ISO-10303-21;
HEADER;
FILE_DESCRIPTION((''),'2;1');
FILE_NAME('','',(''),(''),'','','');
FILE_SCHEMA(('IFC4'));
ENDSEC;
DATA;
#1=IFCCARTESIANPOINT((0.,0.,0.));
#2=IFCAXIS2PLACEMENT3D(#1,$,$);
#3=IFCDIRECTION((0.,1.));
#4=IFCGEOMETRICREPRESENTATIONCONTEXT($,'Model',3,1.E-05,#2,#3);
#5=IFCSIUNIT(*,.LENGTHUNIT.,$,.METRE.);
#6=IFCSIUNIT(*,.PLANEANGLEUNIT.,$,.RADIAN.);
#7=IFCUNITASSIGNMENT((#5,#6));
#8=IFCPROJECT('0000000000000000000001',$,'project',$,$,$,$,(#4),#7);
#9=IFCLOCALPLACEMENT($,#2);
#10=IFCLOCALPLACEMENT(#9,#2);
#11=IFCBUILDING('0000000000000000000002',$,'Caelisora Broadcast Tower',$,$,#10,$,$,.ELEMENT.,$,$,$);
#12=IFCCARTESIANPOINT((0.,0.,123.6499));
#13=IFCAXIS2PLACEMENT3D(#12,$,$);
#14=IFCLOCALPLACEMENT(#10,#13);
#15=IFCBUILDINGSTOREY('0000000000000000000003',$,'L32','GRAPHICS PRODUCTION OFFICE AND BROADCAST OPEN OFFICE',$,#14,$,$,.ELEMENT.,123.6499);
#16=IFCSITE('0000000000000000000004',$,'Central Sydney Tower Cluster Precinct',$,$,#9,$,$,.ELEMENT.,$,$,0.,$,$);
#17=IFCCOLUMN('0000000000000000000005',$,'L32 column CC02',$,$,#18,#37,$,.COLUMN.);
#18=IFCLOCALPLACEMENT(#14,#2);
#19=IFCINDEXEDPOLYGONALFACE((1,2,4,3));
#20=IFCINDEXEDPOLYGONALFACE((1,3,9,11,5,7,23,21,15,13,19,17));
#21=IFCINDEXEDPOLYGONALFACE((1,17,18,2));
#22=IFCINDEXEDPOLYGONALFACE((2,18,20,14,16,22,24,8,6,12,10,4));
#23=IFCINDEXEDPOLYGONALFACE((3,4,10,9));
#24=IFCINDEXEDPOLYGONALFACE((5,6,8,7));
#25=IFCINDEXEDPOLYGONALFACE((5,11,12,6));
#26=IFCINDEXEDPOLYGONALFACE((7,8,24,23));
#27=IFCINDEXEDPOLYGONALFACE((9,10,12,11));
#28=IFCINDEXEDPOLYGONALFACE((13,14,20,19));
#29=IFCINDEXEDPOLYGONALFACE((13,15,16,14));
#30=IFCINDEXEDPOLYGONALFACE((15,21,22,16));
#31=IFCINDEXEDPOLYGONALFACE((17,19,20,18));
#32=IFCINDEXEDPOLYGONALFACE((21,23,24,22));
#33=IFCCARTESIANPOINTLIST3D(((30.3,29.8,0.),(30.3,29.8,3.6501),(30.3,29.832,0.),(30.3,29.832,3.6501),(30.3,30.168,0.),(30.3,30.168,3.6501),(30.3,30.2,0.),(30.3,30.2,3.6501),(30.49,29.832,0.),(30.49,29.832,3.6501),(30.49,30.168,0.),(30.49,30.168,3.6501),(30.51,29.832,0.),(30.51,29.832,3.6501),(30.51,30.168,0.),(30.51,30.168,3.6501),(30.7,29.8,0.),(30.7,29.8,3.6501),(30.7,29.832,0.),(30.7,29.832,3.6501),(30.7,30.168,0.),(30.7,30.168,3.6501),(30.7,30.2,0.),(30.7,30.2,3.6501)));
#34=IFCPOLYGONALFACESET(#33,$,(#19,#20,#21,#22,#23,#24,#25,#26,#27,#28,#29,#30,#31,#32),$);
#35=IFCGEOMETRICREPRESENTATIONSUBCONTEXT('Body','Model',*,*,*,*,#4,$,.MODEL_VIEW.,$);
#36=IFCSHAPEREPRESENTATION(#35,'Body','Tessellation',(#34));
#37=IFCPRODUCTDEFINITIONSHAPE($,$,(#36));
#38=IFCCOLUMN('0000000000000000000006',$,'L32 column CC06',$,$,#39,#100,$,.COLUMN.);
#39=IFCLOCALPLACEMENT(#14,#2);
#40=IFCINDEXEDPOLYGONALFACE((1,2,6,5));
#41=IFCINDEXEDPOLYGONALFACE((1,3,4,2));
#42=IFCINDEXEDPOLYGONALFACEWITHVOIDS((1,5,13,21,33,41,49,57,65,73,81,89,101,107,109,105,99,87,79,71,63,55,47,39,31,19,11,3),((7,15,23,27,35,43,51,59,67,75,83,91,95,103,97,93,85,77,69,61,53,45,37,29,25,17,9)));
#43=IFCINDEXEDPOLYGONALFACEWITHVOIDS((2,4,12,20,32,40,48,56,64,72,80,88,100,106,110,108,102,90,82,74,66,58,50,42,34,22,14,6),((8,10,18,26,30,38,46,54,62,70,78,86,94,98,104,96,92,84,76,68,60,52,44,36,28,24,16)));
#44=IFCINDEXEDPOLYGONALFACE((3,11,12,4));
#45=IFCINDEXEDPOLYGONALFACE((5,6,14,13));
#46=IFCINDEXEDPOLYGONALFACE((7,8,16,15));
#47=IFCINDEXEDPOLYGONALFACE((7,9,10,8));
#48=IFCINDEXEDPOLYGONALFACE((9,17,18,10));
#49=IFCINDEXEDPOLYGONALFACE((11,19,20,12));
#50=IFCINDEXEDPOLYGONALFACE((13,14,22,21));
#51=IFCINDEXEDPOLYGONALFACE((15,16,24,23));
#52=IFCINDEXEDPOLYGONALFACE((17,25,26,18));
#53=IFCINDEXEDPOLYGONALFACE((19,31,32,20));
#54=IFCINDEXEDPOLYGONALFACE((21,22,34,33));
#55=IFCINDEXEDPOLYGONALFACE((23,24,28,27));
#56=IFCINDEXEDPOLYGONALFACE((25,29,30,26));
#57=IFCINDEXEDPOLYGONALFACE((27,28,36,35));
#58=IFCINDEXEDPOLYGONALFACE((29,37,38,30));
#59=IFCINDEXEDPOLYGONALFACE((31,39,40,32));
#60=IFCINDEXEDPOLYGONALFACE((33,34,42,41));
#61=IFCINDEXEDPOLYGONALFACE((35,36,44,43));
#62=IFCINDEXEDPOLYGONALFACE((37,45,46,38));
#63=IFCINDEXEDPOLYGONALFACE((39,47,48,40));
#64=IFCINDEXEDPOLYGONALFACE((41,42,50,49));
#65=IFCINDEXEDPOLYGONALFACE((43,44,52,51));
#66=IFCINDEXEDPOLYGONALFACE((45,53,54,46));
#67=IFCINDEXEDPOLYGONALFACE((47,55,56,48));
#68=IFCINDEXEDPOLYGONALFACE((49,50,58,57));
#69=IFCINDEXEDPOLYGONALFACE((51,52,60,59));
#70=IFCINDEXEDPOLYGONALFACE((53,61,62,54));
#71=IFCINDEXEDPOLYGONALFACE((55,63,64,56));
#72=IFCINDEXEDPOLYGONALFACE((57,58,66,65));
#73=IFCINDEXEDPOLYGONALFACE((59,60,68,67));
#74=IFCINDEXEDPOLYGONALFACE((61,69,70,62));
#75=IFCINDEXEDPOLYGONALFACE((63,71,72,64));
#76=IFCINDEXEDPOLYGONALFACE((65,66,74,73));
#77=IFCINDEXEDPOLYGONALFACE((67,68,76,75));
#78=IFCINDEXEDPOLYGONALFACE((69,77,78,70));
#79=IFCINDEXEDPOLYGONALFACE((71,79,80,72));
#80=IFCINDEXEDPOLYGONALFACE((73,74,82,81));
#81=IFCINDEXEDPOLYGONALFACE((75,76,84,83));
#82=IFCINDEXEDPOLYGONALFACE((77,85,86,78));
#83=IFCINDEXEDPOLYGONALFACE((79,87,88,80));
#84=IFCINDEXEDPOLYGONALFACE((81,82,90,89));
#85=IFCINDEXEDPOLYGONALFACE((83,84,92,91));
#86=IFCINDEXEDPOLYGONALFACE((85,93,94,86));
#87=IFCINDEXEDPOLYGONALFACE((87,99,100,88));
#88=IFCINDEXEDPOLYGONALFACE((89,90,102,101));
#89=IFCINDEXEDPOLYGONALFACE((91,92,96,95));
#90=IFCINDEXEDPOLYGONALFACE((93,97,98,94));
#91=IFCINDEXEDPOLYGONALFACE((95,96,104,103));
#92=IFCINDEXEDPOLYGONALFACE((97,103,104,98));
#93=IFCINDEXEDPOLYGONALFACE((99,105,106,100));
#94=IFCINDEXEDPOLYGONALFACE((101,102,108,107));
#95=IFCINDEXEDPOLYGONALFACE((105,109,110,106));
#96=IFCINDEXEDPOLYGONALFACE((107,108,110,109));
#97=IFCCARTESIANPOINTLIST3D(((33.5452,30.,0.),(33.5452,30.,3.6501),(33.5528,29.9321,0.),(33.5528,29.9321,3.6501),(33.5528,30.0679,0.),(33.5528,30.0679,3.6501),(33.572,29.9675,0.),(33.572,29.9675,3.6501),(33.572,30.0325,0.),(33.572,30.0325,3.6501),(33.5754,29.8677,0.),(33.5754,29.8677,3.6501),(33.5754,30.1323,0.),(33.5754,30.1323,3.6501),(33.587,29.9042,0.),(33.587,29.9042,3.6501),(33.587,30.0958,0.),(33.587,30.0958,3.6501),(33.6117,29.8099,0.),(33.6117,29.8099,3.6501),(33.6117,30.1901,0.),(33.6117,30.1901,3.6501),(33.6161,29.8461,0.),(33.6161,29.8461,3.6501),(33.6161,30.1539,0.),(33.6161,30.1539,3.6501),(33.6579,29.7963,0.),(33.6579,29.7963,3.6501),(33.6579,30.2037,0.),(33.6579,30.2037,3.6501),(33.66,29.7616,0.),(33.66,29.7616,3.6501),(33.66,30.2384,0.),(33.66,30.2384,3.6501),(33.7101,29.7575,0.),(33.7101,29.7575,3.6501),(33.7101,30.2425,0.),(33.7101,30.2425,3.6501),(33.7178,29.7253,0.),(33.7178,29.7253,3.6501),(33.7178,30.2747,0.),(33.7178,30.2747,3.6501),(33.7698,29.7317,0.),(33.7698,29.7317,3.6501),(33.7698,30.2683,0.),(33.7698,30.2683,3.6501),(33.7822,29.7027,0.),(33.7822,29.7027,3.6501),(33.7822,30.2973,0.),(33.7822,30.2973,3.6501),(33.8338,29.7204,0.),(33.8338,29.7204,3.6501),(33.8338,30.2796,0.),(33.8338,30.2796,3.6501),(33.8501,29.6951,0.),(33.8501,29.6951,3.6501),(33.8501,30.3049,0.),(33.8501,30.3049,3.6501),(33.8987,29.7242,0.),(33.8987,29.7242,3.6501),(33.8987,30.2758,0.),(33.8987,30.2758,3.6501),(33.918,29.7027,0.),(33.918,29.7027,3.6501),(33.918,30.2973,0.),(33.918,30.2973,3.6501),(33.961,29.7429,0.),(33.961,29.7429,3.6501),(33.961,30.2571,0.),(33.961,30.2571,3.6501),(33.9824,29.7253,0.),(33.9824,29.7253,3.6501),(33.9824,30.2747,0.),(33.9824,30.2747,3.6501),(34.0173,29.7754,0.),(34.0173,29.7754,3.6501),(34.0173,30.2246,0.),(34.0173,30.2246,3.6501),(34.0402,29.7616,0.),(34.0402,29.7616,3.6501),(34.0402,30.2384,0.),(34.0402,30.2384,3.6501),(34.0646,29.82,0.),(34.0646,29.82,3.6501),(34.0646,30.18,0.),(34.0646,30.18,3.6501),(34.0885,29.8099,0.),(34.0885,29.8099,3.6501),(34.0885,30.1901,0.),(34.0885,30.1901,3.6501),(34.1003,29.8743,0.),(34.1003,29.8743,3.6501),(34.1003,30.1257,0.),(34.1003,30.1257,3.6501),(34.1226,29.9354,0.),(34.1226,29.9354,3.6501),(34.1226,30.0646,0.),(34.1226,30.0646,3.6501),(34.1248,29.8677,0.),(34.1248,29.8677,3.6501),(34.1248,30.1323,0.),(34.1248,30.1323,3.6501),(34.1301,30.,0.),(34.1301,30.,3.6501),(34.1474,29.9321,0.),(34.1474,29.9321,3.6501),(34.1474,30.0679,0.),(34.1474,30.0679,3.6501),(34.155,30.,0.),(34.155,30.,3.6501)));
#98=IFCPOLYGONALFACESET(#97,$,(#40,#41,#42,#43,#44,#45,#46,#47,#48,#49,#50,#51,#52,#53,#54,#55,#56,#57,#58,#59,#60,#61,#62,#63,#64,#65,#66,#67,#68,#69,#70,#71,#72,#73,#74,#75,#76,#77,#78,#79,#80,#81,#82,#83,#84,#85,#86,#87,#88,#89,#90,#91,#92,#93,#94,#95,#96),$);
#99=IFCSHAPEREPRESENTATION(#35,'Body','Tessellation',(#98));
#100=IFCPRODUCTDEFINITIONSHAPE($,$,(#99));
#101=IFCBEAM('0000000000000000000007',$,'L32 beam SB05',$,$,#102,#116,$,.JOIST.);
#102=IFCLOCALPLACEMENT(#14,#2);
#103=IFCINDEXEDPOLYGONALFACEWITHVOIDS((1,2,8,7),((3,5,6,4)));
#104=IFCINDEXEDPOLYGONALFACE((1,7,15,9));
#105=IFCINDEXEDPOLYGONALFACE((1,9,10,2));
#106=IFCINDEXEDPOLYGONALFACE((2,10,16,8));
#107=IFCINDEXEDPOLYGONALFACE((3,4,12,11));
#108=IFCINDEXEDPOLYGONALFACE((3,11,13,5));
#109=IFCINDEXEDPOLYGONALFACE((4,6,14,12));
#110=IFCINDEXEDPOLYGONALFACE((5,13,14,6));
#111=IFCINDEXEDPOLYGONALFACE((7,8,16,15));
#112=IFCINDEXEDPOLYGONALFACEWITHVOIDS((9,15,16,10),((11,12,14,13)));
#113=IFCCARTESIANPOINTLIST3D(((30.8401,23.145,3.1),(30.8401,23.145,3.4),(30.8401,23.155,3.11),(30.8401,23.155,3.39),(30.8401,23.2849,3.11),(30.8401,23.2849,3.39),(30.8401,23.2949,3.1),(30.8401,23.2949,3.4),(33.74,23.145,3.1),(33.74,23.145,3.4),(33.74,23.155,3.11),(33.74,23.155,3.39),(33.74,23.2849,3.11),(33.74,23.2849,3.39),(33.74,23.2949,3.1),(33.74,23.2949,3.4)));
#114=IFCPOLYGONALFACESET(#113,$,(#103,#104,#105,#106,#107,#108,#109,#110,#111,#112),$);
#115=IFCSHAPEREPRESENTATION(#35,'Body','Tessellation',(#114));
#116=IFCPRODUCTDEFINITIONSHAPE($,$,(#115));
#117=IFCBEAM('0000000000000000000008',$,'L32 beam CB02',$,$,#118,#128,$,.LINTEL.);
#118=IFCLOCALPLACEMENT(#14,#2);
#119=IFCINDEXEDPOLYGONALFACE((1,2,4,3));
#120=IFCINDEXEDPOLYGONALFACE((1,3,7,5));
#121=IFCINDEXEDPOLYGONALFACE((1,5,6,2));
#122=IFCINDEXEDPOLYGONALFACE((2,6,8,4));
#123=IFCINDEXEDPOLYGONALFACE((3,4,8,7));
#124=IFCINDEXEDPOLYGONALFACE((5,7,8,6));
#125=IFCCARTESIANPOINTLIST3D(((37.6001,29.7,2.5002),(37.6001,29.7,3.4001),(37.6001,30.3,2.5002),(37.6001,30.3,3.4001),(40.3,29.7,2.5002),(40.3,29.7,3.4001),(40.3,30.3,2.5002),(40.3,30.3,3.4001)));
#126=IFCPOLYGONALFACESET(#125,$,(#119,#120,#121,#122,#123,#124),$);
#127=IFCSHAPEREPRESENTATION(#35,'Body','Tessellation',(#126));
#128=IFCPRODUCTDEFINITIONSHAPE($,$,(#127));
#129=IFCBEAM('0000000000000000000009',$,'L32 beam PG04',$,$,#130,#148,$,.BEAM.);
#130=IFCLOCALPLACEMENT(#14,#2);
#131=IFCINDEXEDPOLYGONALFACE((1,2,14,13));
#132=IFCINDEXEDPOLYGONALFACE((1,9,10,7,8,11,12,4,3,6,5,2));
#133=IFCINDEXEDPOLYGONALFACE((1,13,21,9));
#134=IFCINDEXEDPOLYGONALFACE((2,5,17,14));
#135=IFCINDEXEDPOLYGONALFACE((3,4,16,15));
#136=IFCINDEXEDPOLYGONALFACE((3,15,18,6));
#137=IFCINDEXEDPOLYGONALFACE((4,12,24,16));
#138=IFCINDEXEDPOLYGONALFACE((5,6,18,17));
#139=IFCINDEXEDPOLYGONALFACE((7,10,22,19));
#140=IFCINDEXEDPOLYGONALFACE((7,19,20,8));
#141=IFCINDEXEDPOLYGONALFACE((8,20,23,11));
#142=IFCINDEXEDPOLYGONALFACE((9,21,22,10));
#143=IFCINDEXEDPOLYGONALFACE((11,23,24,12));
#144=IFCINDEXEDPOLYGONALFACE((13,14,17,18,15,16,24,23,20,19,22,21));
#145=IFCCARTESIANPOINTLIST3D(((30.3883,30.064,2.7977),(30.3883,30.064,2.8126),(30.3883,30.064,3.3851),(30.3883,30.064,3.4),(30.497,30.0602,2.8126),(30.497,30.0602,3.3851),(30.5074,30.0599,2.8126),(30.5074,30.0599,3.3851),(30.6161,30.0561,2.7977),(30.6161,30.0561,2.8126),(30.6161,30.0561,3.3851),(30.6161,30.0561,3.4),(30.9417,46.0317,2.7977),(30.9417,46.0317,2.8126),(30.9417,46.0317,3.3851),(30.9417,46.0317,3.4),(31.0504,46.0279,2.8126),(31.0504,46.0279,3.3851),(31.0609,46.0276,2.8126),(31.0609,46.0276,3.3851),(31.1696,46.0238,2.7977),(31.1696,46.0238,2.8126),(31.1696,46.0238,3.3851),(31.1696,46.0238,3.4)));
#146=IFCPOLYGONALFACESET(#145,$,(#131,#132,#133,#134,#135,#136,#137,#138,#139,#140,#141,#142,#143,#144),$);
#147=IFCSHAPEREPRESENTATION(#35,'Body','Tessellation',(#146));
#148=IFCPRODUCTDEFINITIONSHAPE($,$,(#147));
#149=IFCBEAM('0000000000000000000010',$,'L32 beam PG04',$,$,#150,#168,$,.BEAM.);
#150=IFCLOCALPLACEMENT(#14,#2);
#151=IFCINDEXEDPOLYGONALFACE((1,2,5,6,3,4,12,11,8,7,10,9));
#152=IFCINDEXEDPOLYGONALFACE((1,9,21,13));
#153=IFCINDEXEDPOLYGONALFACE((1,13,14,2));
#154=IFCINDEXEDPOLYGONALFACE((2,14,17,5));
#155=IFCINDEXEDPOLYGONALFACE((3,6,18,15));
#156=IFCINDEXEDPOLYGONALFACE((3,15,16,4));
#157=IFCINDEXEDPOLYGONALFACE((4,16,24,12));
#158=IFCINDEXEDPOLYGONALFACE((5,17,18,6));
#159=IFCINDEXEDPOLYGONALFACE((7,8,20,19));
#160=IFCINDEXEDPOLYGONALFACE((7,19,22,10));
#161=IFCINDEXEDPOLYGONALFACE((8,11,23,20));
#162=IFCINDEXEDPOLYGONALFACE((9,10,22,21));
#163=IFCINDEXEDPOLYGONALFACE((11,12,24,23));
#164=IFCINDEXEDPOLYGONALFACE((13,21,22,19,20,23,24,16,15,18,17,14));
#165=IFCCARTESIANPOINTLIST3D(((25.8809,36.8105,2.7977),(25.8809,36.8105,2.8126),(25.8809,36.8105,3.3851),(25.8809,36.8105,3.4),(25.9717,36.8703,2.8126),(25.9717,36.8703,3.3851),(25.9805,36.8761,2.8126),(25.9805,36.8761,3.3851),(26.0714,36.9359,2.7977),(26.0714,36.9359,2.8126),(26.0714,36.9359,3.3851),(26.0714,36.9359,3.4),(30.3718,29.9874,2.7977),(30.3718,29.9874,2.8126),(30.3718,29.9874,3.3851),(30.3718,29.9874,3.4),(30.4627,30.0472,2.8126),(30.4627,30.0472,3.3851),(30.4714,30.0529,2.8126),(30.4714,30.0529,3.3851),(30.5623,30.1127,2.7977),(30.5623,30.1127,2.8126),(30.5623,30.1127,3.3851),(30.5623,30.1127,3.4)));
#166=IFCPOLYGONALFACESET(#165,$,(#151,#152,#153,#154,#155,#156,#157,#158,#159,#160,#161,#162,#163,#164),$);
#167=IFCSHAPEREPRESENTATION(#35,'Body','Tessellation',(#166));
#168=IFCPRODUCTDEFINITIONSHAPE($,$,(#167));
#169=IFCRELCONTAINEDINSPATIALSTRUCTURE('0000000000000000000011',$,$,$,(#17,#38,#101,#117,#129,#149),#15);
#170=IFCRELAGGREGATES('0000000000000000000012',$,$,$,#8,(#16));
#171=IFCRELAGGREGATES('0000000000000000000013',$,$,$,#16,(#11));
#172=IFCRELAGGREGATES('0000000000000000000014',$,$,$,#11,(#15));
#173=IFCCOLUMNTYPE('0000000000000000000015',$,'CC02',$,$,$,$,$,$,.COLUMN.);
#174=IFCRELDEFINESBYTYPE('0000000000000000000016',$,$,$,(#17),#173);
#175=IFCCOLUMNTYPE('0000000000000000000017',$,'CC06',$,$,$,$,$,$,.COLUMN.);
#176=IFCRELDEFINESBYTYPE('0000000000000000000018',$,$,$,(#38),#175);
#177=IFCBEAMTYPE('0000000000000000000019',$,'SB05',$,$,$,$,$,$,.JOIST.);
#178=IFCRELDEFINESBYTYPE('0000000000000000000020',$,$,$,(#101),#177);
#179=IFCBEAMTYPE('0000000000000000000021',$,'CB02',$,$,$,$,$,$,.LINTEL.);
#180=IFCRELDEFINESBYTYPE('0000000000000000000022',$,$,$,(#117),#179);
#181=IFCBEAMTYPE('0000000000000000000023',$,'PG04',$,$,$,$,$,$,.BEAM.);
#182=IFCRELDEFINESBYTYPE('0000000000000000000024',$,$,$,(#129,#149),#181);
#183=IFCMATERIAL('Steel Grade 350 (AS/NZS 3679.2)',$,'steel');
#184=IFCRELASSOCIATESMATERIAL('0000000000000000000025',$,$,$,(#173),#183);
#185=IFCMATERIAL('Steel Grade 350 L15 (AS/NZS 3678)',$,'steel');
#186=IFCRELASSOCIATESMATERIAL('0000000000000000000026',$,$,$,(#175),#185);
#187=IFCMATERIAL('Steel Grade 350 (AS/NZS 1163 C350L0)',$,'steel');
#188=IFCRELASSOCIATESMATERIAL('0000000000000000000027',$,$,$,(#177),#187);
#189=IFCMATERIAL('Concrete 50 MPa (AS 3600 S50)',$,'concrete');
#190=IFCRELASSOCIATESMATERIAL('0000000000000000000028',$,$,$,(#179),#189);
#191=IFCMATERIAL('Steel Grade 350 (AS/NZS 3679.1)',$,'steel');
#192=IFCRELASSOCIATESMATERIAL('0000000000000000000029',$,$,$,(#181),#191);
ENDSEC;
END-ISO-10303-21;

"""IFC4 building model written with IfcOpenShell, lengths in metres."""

from ifc_helpers import new_model, si_unit, direction, frame, origin, origin_2d, place, context, subcontext, project, spatial, rectangle, hollow_rectangle, hollow_circle, i_section, extrude, source, transform, mapped, material, material_profile, profile_set, type_object, type_shapes, element, save


model = new_model("IFC4")

# Units and contexts
model_context = context("Model", 3, precision=1e-05, world=origin(), true_north=direction((0.0, 1.0)))
body_context = subcontext(model_context, "Body", "Model", "MODEL_VIEW")
ifc_project = project(units=[si_unit("LENGTHUNIT", "METRE"), si_unit("PLANEANGLEUNIT", "RADIAN")], contexts=[model_context])

# Site, building, storey
site_placement = place(None, origin())
site = spatial("IfcSite", under=ifc_project, at=site_placement, Name="Central Sydney Tower Cluster Precinct", CompositionType="ELEMENT", RefElevation=0.0)
building_placement = place(site_placement, origin())
building = spatial("IfcBuilding", under=site, at=building_placement, Name="Caelisora Broadcast Tower", CompositionType="ELEMENT")
storey_placement = place(building_placement, frame((0.0, 0.0, 123.6499)))
storey = spatial("IfcBuildingStorey", under=building, at=storey_placement, Name="L32", Description="GRAPHICS PRODUCTION OFFICE AND BROADCAST OPEN OFFICE", CompositionType="ELEMENT", Elevation=123.6499)

# Columns
ifc_material_1 = material(Name="Steel Grade 350 (AS/NZS 3679.2)", Category="steel")
ifc_material_profile_1 = material_profile(ifc_material_1, i_section(OverallWidth=0.3999, OverallDepth=0.3999, WebThickness=0.02, FlangeThickness=0.032, at=origin_2d()), Name="Steel Grade 350 (AS/NZS 3679.2)")
ifc_profile_set_1 = profile_set([ifc_material_profile_1], Name="Steel Grade 350 (AS/NZS 3679.2)")
column_type_1 = type_object("IfcColumnType", Name="CC02", PredefinedType="COLUMN", material=ifc_profile_set_1)
shared_shape_1 = source(origin(), body_context, "Body", "SweptSolid", [
    extrude(i_section(OverallWidth=0.3999, OverallDepth=0.3999, WebThickness=0.02, FlangeThickness=0.032, at=origin_2d()), origin(), (0.0, 0.0, 1.0), 3.6501),
])
type_shapes(column_type_1, [shared_shape_1])
column_1_placement = place(storey_placement, frame((30.5, 30.0, 0.0), z_axis=(0.0, 0.0, 1.0), x_axis=(1.0, 0.0, 0.0)))
element("IfcColumn", 1, at=column_1_placement, inside=storey, type_object=column_type_1, Name="L32 column CC02", PredefinedType="COLUMN", context=body_context, shape_type="MappedRepresentation", body=[
    mapped(shared_shape_1, transform((0.0, 0.0, 0.0), scale=1.0)),
])
ifc_material_2 = material(Name="Steel Grade 350 L15 (AS/NZS 3678)", Category="steel")
ifc_material_profile_2 = material_profile(ifc_material_2, hollow_circle(Radius=0.3049, WallThickness=0.0249, at=origin_2d()), Name="Steel Grade 350 L15 (AS/NZS 3678)")
ifc_profile_set_2 = profile_set([ifc_material_profile_2], Name="Steel Grade 350 L15 (AS/NZS 3678)")
column_type_2 = type_object("IfcColumnType", Name="CC06", PredefinedType="COLUMN", material=ifc_profile_set_2)
shared_shape_2 = source(origin(), body_context, "Body", "SweptSolid", [
    extrude(hollow_circle(Radius=0.3049, WallThickness=0.0249, at=origin_2d()), origin(), (0.0, 0.0, 1.0), 3.6501),
])
type_shapes(column_type_2, [shared_shape_2])
column_2_placement = place(storey_placement, frame((33.8501, 30.0, 0.0), z_axis=(0.0, 0.0, 1.0), x_axis=(1.0, 0.0, 0.0)))
element("IfcColumn", 2, at=column_2_placement, inside=storey, type_object=column_type_2, Name="L32 column CC06", PredefinedType="COLUMN", context=body_context, shape_type="MappedRepresentation", body=[
    mapped(shared_shape_2, transform((0.0, 0.0, 0.0), scale=1.0)),
])

# Beams
ifc_material_3 = material(Name="Steel Grade 350 (AS/NZS 1163 C350L0)", Category="steel")
ifc_material_profile_3 = material_profile(ifc_material_3, hollow_rectangle(XDim=0.1499, YDim=0.3, WallThickness=0.01, at=origin_2d()), Name="Steel Grade 350 (AS/NZS 1163 C350L0)")
ifc_profile_set_3 = profile_set([ifc_material_profile_3], Name="Steel Grade 350 (AS/NZS 1163 C350L0)")
beam_type_1 = type_object("IfcBeamType", Name="SB05", PredefinedType="JOIST", material=ifc_profile_set_3)
shared_shape_3 = source(origin(), body_context, "Body", "SweptSolid", [
    extrude(hollow_rectangle(XDim=0.1499, YDim=0.3, WallThickness=0.01, at=origin_2d()), origin(), (0.0, 0.0, 1.0), 2.8999),
])
type_shapes(beam_type_1, [shared_shape_3])
beam_1_placement = place(storey_placement, frame((30.8401, 23.22, 3.25), z_axis=(1.0, 0.0, 0.0), x_axis=(0.0, 1.0, 0.0)))
element("IfcBeam", 3, at=beam_1_placement, inside=storey, type_object=beam_type_1, Name="L32 beam SB05", PredefinedType="JOIST", context=body_context, shape_type="MappedRepresentation", body=[
    mapped(shared_shape_3, transform((0.0, 0.0, 0.0), scale=1.0)),
])
ifc_material_4 = material(Name="Concrete 50 MPa (AS 3600 S50)", Category="concrete")
ifc_material_profile_4 = material_profile(ifc_material_4, rectangle(XDim=0.6001, YDim=0.8999, at=origin_2d()), Name="Concrete 50 MPa (AS 3600 S50)")
ifc_profile_set_4 = profile_set([ifc_material_profile_4], Name="Concrete 50 MPa (AS 3600 S50)")
beam_type_2 = type_object("IfcBeamType", Name="CB02", PredefinedType="LINTEL", material=ifc_profile_set_4)
shared_shape_4 = source(origin(), body_context, "Body", "SweptSolid", [
    extrude(rectangle(XDim=0.6001, YDim=0.8999, at=origin_2d()), origin(), (0.0, 0.0, 1.0), 2.7),
])
type_shapes(beam_type_2, [shared_shape_4])
beam_2_placement = place(storey_placement, frame((37.6001, 30.0, 2.9502), z_axis=(1.0, 0.0, 0.0), x_axis=(0.0, 1.0, 0.0)))
element("IfcBeam", 4, at=beam_2_placement, inside=storey, type_object=beam_type_2, Name="L32 beam CB02", PredefinedType="LINTEL", context=body_context, shape_type="MappedRepresentation", body=[
    mapped(shared_shape_4, transform((0.0, 0.0, 0.0), scale=1.0)),
])
ifc_material_5 = material(Name="Steel Grade 350 (AS/NZS 3679.1)", Category="steel")
ifc_material_profile_5 = material_profile(ifc_material_5, i_section(OverallWidth=0.228, OverallDepth=0.6023, WebThickness=0.0105, FlangeThickness=0.0149, at=origin_2d()), Name="Steel Grade 350 (AS/NZS 3679.1)")
ifc_profile_set_5 = profile_set([ifc_material_profile_5], Name="Steel Grade 350 (AS/NZS 3679.1)")
beam_type_3 = type_object("IfcBeamType", Name="PG04", PredefinedType="BEAM", material=ifc_profile_set_5)
shared_shape_5 = source(origin(), body_context, "Body", "SweptSolid", [
    extrude(i_section(OverallWidth=0.228, OverallDepth=0.6023, WebThickness=0.0105, FlangeThickness=0.0149, at=origin_2d()), origin(), (0.0, 0.0, 1.0), 15.9773),
])
beam_3_placement = place(storey_placement, frame((30.5022, 30.0601, 3.0989), z_axis=(0.034641, 0.9994, 0.0), x_axis=(-0.9994, 0.034641, 0.0)))
element("IfcBeam", 5, at=beam_3_placement, inside=storey, type_object=beam_type_3, Name="L32 beam PG04", PredefinedType="BEAM", context=body_context, shape_type="MappedRepresentation", body=[
    mapped(shared_shape_5, transform((0.0, 0.0, 0.0), scale=1.0)),
])
shared_shape_6 = source(origin(), body_context, "Body", "SweptSolid", [
    extrude(i_section(OverallWidth=0.228, OverallDepth=0.6023, WebThickness=0.0105, FlangeThickness=0.0149, at=origin_2d()), origin(), (0.0, 0.0, 1.0), 8.1685),
])
beam_4_placement = place(storey_placement, frame((30.467, 30.05, 3.0989), z_axis=(-0.549787, 0.835305, 0.0), x_axis=(-0.835305, -0.549787, 0.0)))
element("IfcBeam", 6, at=beam_4_placement, inside=storey, type_object=beam_type_3, Name="L32 beam PG04", PredefinedType="BEAM", context=body_context, shape_type="MappedRepresentation", body=[
    mapped(shared_shape_6, transform((0.0, 0.0, 0.0), scale=1.0)),
])

save(model, "model.ifc")
